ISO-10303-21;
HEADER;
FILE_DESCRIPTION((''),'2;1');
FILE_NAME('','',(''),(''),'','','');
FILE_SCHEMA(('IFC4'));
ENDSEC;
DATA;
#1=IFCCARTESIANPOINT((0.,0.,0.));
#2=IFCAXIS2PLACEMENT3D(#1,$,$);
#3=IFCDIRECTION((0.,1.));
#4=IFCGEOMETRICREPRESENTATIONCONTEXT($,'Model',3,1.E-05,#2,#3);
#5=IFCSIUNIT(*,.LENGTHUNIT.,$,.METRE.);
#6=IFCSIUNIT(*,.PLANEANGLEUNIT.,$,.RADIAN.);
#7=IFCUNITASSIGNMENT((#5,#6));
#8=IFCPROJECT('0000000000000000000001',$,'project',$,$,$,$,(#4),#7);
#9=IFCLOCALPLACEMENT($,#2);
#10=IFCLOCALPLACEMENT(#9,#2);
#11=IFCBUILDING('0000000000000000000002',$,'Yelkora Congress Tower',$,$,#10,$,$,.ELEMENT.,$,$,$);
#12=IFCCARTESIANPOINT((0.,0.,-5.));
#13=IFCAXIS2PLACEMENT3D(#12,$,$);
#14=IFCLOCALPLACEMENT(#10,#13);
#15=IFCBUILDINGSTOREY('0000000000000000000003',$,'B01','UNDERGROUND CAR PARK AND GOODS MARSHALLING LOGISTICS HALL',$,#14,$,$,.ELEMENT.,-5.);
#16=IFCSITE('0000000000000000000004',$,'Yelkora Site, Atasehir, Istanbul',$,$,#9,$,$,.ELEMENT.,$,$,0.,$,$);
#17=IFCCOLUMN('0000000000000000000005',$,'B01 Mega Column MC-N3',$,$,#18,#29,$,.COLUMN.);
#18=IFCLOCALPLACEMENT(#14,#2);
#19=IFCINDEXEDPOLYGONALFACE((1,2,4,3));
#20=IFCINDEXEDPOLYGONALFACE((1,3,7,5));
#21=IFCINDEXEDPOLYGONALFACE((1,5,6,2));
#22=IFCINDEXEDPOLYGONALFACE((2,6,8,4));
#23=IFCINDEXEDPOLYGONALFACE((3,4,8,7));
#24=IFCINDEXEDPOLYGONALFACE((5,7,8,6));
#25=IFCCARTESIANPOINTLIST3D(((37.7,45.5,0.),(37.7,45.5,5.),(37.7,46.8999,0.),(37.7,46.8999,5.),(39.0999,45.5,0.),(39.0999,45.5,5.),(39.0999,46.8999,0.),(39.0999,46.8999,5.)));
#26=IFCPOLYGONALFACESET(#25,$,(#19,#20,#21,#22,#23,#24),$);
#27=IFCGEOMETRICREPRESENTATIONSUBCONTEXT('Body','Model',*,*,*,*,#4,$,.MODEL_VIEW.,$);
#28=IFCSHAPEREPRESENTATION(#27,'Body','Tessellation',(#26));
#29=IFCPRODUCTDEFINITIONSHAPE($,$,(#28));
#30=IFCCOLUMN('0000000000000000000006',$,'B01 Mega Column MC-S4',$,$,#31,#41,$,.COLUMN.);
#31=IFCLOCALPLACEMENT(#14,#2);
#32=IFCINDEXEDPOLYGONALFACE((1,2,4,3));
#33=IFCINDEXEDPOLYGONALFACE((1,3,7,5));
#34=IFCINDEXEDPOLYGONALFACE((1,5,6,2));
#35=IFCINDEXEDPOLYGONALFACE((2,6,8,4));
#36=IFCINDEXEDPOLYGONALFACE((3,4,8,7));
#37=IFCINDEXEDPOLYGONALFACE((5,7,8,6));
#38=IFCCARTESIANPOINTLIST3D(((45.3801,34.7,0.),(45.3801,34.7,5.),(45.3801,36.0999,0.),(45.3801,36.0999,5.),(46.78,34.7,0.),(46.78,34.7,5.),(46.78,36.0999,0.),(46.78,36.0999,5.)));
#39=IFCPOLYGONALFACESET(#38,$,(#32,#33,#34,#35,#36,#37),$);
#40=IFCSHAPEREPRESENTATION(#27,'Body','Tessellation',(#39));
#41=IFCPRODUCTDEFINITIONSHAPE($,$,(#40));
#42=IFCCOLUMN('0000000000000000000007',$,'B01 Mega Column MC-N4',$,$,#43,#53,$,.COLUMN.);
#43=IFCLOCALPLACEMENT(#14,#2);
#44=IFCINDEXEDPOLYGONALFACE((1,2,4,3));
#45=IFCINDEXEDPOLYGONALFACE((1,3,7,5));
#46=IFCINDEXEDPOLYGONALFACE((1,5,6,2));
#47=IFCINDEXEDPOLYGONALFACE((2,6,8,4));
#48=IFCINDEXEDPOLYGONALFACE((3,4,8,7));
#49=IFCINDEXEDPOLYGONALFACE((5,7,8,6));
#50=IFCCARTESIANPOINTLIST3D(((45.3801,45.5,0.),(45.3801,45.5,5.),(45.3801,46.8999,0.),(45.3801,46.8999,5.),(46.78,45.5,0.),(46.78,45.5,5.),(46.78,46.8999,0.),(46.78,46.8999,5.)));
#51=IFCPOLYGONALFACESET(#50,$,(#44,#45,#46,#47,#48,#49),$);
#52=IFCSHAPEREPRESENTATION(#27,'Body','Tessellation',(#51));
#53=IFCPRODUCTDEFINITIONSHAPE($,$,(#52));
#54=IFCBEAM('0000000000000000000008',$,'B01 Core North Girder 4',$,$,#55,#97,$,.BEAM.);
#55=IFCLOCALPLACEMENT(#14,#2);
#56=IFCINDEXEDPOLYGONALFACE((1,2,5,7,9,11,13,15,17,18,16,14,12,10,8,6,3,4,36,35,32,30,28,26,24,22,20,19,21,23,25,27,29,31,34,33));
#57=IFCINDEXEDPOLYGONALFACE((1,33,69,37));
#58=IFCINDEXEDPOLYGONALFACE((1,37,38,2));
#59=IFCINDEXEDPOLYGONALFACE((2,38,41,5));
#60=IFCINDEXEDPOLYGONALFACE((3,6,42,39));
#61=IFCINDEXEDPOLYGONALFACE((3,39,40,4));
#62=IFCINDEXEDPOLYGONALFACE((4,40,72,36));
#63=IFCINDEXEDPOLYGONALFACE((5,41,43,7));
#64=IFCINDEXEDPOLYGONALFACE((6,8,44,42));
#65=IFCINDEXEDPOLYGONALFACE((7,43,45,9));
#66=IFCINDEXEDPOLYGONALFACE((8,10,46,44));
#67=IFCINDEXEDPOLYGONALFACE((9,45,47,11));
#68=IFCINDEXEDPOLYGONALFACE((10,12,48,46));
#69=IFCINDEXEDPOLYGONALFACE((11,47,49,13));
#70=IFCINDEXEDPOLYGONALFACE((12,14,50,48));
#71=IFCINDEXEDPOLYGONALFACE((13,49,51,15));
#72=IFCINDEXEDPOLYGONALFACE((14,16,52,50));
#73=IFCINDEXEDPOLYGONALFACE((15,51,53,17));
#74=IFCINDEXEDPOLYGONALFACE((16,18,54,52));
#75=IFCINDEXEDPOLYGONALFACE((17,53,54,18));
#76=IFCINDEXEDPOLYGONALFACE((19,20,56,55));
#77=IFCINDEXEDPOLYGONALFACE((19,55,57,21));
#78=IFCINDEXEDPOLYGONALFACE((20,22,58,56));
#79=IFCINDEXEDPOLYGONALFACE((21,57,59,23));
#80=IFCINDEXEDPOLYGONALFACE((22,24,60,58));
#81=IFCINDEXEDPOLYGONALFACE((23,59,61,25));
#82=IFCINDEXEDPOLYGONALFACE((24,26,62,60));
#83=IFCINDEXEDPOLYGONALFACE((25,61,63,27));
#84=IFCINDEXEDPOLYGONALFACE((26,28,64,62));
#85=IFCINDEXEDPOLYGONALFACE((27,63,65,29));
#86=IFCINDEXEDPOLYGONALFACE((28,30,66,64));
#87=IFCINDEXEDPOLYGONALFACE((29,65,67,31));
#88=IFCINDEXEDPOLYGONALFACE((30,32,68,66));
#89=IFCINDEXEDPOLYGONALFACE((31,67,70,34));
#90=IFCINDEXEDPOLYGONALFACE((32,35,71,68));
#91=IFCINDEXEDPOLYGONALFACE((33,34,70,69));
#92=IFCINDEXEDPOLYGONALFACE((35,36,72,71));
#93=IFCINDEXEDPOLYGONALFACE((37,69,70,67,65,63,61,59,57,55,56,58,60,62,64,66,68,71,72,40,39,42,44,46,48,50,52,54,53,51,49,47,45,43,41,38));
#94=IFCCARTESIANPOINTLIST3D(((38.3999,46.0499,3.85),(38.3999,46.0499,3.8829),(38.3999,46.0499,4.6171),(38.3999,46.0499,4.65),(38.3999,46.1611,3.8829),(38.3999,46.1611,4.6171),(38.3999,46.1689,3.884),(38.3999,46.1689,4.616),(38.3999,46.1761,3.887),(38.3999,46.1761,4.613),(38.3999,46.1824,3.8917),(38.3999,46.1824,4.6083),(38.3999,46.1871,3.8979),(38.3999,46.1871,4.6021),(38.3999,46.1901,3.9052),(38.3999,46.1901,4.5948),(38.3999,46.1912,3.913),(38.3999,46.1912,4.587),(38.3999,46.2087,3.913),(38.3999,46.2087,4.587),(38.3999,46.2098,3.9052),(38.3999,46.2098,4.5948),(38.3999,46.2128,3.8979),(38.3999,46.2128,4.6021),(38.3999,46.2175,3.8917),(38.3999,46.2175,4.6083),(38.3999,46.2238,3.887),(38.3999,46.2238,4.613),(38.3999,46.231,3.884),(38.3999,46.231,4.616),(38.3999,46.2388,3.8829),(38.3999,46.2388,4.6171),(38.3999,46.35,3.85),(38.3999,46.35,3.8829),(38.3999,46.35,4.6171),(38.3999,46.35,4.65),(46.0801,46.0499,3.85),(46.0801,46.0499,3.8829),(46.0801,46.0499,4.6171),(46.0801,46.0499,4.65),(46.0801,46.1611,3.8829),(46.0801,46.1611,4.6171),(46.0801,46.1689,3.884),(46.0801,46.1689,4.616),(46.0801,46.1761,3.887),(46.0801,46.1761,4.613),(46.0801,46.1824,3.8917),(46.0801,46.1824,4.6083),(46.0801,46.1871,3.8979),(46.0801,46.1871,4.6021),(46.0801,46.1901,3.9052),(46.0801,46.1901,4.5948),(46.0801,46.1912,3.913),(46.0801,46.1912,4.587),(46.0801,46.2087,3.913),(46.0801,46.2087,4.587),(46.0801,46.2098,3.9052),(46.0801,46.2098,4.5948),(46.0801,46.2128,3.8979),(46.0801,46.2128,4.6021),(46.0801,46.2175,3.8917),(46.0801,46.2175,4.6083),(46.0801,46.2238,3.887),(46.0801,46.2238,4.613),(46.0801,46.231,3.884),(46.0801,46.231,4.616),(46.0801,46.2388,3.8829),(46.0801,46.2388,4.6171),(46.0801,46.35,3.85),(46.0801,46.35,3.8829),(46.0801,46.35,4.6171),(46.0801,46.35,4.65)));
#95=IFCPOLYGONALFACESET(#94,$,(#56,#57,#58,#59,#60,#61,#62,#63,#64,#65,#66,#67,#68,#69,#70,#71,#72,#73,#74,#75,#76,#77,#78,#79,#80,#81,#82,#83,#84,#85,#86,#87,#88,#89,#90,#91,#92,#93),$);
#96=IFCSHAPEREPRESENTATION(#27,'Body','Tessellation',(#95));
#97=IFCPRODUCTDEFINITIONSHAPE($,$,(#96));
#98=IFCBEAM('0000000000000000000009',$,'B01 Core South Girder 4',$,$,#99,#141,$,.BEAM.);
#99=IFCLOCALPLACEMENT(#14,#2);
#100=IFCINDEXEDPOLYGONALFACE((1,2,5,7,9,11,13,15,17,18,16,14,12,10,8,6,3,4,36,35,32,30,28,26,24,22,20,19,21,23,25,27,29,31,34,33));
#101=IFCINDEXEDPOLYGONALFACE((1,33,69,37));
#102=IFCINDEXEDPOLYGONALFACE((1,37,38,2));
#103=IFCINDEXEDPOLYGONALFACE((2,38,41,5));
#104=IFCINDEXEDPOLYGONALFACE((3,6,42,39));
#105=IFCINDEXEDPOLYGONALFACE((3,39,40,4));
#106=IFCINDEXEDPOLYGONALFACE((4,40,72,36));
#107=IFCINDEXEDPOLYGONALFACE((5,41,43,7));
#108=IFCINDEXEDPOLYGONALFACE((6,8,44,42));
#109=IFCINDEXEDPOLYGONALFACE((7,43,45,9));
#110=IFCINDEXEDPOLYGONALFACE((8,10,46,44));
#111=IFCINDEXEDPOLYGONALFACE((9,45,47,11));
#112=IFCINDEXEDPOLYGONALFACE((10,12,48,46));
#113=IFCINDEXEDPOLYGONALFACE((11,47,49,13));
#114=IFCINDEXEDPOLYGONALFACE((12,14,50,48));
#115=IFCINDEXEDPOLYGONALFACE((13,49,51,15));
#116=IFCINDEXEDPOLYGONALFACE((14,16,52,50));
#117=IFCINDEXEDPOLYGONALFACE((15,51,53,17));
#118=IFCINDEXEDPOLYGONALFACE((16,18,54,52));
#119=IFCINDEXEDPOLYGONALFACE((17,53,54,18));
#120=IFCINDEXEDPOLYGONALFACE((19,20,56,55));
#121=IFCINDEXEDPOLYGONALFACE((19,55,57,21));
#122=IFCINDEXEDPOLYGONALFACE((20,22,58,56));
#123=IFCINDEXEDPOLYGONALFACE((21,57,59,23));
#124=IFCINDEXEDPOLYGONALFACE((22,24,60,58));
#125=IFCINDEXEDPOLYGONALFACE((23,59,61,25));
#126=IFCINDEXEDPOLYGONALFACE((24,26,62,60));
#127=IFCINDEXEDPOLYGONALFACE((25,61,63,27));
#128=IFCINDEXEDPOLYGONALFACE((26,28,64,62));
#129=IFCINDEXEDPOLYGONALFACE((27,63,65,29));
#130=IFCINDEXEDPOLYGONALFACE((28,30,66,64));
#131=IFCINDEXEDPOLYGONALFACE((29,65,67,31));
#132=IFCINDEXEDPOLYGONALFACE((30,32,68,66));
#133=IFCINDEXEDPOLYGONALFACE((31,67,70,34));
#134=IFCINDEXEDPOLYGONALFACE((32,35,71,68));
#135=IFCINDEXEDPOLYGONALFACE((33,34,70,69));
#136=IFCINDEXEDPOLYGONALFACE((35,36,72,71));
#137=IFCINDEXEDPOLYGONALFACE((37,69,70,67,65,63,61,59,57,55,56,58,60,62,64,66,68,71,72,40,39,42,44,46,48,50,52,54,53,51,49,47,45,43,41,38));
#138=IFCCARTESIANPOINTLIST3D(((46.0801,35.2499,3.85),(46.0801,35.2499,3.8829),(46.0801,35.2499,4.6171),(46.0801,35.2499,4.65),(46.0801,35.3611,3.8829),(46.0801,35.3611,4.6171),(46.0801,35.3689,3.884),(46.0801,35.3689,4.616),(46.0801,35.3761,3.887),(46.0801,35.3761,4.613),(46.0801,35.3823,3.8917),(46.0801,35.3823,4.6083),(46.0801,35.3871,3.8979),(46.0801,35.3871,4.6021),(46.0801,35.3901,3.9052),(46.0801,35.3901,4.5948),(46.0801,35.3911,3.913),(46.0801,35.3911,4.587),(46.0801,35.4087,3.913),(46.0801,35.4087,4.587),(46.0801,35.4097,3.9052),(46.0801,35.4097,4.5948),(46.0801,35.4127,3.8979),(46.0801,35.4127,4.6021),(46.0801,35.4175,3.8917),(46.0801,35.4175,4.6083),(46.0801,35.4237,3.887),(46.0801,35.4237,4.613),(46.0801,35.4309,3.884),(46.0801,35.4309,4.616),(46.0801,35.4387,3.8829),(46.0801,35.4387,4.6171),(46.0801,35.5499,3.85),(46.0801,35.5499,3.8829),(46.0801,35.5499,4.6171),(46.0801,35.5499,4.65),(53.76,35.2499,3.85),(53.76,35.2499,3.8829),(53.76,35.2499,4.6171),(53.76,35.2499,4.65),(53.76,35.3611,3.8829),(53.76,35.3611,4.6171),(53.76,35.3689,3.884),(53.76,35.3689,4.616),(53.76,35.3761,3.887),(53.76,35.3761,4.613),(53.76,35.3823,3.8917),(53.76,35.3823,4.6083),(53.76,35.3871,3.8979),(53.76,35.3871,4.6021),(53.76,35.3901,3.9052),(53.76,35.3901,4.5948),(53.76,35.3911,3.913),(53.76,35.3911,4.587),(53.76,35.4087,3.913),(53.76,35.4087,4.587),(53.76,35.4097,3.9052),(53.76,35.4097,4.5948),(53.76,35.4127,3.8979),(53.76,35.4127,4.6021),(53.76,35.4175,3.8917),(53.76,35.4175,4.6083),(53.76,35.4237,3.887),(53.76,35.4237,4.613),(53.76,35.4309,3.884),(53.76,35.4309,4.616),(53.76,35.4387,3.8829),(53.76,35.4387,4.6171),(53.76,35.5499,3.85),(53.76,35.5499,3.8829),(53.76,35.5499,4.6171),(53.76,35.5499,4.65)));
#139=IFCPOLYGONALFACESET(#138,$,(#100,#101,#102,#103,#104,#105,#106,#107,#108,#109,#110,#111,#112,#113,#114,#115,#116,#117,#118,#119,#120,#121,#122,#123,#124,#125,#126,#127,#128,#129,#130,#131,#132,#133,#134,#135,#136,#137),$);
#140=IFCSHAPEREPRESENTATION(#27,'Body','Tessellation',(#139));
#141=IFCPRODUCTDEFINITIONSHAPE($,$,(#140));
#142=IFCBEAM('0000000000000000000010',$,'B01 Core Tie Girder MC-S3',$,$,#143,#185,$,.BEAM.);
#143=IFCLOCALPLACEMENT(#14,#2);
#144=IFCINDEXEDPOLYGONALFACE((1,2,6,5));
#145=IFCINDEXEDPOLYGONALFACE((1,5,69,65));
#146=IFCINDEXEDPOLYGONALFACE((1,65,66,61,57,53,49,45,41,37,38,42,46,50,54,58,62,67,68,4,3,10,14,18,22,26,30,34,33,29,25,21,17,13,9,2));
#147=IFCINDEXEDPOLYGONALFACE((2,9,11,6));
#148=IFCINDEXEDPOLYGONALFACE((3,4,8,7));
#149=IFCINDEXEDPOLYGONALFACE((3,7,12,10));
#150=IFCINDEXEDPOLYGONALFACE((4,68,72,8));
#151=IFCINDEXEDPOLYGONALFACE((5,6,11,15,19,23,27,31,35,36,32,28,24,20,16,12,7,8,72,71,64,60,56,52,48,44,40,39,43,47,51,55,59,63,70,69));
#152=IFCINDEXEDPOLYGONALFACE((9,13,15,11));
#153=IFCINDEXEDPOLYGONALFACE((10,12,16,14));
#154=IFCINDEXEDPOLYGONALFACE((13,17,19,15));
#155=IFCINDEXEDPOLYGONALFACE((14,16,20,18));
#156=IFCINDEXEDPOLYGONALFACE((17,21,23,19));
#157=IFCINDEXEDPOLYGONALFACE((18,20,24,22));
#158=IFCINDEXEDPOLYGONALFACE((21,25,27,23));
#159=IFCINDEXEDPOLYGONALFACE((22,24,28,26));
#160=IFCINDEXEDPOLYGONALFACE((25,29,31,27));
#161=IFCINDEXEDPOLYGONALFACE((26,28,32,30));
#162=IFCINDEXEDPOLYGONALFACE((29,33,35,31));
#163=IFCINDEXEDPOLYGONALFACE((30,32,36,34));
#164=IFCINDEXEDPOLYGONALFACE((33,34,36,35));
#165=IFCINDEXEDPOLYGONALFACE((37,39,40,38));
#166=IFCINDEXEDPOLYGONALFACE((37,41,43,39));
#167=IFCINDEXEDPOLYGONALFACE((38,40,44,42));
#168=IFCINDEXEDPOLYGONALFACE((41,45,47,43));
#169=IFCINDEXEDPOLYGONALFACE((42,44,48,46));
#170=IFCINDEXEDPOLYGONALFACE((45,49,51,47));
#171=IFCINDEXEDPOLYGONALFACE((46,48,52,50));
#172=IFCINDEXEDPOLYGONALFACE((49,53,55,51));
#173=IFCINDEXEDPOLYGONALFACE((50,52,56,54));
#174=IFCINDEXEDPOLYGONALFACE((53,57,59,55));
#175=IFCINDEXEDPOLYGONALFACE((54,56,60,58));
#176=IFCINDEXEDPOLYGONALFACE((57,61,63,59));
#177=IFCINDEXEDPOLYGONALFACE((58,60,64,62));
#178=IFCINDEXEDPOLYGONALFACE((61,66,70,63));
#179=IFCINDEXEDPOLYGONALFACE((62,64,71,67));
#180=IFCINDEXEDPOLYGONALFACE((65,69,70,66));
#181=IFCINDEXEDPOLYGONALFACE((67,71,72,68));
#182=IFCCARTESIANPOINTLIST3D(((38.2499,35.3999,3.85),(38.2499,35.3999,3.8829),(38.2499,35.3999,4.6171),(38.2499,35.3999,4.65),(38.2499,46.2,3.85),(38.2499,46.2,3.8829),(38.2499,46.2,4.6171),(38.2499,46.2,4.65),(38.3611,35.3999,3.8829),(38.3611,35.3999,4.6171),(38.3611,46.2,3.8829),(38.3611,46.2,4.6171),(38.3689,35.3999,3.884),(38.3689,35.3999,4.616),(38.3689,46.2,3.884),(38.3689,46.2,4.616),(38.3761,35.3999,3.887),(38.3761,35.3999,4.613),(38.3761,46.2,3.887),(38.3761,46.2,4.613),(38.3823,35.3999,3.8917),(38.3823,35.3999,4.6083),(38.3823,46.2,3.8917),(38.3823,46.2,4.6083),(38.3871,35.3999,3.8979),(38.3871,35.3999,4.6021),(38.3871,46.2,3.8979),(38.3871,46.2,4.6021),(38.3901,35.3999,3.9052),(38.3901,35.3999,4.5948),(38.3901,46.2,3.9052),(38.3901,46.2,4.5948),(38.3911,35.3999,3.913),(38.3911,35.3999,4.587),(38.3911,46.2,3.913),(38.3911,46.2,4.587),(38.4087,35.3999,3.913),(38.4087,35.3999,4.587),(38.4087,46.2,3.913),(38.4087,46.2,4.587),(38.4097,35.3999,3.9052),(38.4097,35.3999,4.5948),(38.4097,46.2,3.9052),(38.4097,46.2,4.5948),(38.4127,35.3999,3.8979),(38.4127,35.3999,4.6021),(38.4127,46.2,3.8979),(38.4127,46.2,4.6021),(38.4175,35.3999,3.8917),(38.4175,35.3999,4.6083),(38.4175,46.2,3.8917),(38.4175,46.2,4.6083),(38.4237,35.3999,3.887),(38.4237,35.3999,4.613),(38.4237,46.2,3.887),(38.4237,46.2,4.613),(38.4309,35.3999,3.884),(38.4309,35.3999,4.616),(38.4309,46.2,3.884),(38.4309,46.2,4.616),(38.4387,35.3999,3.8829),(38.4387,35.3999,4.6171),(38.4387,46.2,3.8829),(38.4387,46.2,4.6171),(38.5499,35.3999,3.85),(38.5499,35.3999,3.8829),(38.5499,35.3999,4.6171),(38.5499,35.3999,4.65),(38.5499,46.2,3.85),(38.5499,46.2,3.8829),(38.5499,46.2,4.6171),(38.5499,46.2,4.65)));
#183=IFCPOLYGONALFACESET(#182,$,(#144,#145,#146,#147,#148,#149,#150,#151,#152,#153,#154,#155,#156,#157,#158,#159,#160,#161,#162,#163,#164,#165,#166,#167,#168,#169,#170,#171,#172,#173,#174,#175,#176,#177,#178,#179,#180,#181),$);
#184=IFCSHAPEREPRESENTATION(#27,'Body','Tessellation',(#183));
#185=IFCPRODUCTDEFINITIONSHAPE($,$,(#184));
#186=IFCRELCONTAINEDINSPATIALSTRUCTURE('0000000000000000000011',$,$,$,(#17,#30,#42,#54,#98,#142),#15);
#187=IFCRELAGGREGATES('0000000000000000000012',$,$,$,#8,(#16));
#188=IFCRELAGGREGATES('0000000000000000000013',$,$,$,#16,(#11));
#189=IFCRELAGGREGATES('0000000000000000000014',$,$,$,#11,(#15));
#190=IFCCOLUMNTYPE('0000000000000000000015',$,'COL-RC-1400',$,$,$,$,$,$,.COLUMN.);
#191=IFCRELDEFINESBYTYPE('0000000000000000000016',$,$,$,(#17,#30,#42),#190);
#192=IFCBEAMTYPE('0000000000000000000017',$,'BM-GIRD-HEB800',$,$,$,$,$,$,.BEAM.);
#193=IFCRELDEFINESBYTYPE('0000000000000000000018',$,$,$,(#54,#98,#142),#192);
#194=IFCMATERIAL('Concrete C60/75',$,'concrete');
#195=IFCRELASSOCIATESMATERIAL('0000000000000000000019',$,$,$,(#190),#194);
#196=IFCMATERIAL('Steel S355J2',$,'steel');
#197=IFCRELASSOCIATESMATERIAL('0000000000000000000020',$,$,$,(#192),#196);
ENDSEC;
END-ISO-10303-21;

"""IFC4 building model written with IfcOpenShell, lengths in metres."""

from ifc_helpers import new_model, si_unit, direction, frame, origin, origin_2d, place, context, subcontext, project, spatial, rectangle, i_section, extrude, material, material_profile, profile_set, type_object, element, save


model = new_model("IFC4")

# Units and contexts
model_context = context("Model", 3, precision=1e-05, world=origin(), true_north=direction((0.0, 1.0)))
body_context = subcontext(model_context, "Body", "Model", "MODEL_VIEW")
ifc_project = project(units=[si_unit("LENGTHUNIT", "METRE"), si_unit("PLANEANGLEUNIT", "RADIAN")], contexts=[model_context])

# Site, building, storey
site_placement = place(None, origin())
site = spatial("IfcSite", under=ifc_project, at=site_placement, Name="Yelkora Site, Atasehir, Istanbul", CompositionType="ELEMENT", RefElevation=0.0)
building_placement = place(site_placement, origin())
building = spatial("IfcBuilding", under=site, at=building_placement, Name="Yelkora Congress Tower", CompositionType="ELEMENT")
storey_placement = place(building_placement, frame((0.0, 0.0, -5.0)))
storey = spatial("IfcBuildingStorey", under=building, at=storey_placement, Name="B01", Description="UNDERGROUND CAR PARK AND GOODS MARSHALLING LOGISTICS HALL", CompositionType="ELEMENT", Elevation=-5.0)

# Columns
ifc_material_1 = material(Name="Concrete C60/75", Category="concrete")
ifc_material_profile_1 = material_profile(ifc_material_1, rectangle(XDim=1.3999, YDim=1.3999, at=origin_2d()), Name="RC 1400x1400")
ifc_profile_set_1 = profile_set([ifc_material_profile_1], Name="Concrete C60/75")
column_type = type_object("IfcColumnType", Name="COL-RC-1400", PredefinedType="COLUMN", material=ifc_profile_set_1)
for number, where, z_axis, x_axis, name in (
    (1, (38.3999, 46.2, 0.0), (0.0, 0.0, 1.0), (1.0, 0.0, 0.0), "B01 Mega Column MC-N3"),
    (2, (46.0801, 35.3999, 0.0), (0.0, 0.0, 1.0), (1.0, 0.0, 0.0), "B01 Mega Column MC-S4"),
    (3, (46.0801, 46.2, 0.0), (0.0, 0.0, 1.0), (1.0, 0.0, 0.0), "B01 Mega Column MC-N4"),
):
    element("IfcColumn", number, at=place(storey_placement, frame(where, z_axis=z_axis, x_axis=x_axis)), inside=storey, type_object=column_type, Name=name, PredefinedType="COLUMN", context=body_context, shape_type="SweptSolid", body=[
        extrude(rectangle(XDim=1.3999, YDim=1.3999, at=origin_2d()), origin(), (0.0, 0.0, 1.0), 5.0),
    ])

# Beams
ifc_material_2 = material(Name="Steel S355J2", Category="steel")
ifc_material_profile_2 = material_profile(ifc_material_2, i_section(OverallWidth=0.3, OverallDepth=0.8, WebThickness=0.0176, FlangeThickness=0.033, FilletRadius=0.03, at=origin_2d()), Name="HEB 800")
ifc_profile_set_2 = profile_set([ifc_material_profile_2], Name="Steel S355J2")
beam_type = type_object("IfcBeamType", Name="BM-GIRD-HEB800", PredefinedType="BEAM", material=ifc_profile_set_2)
beam_1_placement = place(storey_placement, frame((38.3999, 46.2, 4.25), z_axis=(1.0, 0.0, 0.0), x_axis=(0.0, 1.0, 0.0)))
element("IfcBeam", 4, at=beam_1_placement, inside=storey, type_object=beam_type, Name="B01 Core North Girder 4", PredefinedType="BEAM", context=body_context, shape_type="SweptSolid", body=[
    extrude(i_section(OverallWidth=0.3, OverallDepth=0.8, WebThickness=0.0176, FlangeThickness=0.033, FilletRadius=0.03, at=origin_2d()), origin(), (0.0, 0.0, 1.0), 7.6802),
])
beam_2_placement = place(storey_placement, frame((46.0801, 35.3999, 4.25), z_axis=(1.0, 0.0, 0.0), x_axis=(0.0, 1.0, 0.0)))
element("IfcBeam", 5, at=beam_2_placement, inside=storey, type_object=beam_type, Name="B01 Core South Girder 4", PredefinedType="BEAM", context=body_context, shape_type="SweptSolid", body=[
    extrude(i_section(OverallWidth=0.3, OverallDepth=0.8, WebThickness=0.0176, FlangeThickness=0.033, FilletRadius=0.03, at=origin_2d()), origin(), (0.0, 0.0, 1.0), 7.6799),
])
for number, where, z_axis, x_axis, name in (
    (6, (38.3999, 35.3999, 4.25), (0.0, 1.0, 0.0), (-1.0, 0.0, 0.0), "B01 Core Tie Girder MC-S3"),
):
    element("IfcBeam", number, at=place(storey_placement, frame(where, z_axis=z_axis, x_axis=x_axis)), inside=storey, type_object=beam_type, Name=name, PredefinedType="BEAM", context=body_context, shape_type="SweptSolid", body=[
        extrude(i_section(OverallWidth=0.3, OverallDepth=0.8, WebThickness=0.0176, FlangeThickness=0.033, FilletRadius=0.03, at=origin_2d()), origin(), (0.0, 0.0, 1.0), 10.8),
    ])

save(model, "model.ifc")
